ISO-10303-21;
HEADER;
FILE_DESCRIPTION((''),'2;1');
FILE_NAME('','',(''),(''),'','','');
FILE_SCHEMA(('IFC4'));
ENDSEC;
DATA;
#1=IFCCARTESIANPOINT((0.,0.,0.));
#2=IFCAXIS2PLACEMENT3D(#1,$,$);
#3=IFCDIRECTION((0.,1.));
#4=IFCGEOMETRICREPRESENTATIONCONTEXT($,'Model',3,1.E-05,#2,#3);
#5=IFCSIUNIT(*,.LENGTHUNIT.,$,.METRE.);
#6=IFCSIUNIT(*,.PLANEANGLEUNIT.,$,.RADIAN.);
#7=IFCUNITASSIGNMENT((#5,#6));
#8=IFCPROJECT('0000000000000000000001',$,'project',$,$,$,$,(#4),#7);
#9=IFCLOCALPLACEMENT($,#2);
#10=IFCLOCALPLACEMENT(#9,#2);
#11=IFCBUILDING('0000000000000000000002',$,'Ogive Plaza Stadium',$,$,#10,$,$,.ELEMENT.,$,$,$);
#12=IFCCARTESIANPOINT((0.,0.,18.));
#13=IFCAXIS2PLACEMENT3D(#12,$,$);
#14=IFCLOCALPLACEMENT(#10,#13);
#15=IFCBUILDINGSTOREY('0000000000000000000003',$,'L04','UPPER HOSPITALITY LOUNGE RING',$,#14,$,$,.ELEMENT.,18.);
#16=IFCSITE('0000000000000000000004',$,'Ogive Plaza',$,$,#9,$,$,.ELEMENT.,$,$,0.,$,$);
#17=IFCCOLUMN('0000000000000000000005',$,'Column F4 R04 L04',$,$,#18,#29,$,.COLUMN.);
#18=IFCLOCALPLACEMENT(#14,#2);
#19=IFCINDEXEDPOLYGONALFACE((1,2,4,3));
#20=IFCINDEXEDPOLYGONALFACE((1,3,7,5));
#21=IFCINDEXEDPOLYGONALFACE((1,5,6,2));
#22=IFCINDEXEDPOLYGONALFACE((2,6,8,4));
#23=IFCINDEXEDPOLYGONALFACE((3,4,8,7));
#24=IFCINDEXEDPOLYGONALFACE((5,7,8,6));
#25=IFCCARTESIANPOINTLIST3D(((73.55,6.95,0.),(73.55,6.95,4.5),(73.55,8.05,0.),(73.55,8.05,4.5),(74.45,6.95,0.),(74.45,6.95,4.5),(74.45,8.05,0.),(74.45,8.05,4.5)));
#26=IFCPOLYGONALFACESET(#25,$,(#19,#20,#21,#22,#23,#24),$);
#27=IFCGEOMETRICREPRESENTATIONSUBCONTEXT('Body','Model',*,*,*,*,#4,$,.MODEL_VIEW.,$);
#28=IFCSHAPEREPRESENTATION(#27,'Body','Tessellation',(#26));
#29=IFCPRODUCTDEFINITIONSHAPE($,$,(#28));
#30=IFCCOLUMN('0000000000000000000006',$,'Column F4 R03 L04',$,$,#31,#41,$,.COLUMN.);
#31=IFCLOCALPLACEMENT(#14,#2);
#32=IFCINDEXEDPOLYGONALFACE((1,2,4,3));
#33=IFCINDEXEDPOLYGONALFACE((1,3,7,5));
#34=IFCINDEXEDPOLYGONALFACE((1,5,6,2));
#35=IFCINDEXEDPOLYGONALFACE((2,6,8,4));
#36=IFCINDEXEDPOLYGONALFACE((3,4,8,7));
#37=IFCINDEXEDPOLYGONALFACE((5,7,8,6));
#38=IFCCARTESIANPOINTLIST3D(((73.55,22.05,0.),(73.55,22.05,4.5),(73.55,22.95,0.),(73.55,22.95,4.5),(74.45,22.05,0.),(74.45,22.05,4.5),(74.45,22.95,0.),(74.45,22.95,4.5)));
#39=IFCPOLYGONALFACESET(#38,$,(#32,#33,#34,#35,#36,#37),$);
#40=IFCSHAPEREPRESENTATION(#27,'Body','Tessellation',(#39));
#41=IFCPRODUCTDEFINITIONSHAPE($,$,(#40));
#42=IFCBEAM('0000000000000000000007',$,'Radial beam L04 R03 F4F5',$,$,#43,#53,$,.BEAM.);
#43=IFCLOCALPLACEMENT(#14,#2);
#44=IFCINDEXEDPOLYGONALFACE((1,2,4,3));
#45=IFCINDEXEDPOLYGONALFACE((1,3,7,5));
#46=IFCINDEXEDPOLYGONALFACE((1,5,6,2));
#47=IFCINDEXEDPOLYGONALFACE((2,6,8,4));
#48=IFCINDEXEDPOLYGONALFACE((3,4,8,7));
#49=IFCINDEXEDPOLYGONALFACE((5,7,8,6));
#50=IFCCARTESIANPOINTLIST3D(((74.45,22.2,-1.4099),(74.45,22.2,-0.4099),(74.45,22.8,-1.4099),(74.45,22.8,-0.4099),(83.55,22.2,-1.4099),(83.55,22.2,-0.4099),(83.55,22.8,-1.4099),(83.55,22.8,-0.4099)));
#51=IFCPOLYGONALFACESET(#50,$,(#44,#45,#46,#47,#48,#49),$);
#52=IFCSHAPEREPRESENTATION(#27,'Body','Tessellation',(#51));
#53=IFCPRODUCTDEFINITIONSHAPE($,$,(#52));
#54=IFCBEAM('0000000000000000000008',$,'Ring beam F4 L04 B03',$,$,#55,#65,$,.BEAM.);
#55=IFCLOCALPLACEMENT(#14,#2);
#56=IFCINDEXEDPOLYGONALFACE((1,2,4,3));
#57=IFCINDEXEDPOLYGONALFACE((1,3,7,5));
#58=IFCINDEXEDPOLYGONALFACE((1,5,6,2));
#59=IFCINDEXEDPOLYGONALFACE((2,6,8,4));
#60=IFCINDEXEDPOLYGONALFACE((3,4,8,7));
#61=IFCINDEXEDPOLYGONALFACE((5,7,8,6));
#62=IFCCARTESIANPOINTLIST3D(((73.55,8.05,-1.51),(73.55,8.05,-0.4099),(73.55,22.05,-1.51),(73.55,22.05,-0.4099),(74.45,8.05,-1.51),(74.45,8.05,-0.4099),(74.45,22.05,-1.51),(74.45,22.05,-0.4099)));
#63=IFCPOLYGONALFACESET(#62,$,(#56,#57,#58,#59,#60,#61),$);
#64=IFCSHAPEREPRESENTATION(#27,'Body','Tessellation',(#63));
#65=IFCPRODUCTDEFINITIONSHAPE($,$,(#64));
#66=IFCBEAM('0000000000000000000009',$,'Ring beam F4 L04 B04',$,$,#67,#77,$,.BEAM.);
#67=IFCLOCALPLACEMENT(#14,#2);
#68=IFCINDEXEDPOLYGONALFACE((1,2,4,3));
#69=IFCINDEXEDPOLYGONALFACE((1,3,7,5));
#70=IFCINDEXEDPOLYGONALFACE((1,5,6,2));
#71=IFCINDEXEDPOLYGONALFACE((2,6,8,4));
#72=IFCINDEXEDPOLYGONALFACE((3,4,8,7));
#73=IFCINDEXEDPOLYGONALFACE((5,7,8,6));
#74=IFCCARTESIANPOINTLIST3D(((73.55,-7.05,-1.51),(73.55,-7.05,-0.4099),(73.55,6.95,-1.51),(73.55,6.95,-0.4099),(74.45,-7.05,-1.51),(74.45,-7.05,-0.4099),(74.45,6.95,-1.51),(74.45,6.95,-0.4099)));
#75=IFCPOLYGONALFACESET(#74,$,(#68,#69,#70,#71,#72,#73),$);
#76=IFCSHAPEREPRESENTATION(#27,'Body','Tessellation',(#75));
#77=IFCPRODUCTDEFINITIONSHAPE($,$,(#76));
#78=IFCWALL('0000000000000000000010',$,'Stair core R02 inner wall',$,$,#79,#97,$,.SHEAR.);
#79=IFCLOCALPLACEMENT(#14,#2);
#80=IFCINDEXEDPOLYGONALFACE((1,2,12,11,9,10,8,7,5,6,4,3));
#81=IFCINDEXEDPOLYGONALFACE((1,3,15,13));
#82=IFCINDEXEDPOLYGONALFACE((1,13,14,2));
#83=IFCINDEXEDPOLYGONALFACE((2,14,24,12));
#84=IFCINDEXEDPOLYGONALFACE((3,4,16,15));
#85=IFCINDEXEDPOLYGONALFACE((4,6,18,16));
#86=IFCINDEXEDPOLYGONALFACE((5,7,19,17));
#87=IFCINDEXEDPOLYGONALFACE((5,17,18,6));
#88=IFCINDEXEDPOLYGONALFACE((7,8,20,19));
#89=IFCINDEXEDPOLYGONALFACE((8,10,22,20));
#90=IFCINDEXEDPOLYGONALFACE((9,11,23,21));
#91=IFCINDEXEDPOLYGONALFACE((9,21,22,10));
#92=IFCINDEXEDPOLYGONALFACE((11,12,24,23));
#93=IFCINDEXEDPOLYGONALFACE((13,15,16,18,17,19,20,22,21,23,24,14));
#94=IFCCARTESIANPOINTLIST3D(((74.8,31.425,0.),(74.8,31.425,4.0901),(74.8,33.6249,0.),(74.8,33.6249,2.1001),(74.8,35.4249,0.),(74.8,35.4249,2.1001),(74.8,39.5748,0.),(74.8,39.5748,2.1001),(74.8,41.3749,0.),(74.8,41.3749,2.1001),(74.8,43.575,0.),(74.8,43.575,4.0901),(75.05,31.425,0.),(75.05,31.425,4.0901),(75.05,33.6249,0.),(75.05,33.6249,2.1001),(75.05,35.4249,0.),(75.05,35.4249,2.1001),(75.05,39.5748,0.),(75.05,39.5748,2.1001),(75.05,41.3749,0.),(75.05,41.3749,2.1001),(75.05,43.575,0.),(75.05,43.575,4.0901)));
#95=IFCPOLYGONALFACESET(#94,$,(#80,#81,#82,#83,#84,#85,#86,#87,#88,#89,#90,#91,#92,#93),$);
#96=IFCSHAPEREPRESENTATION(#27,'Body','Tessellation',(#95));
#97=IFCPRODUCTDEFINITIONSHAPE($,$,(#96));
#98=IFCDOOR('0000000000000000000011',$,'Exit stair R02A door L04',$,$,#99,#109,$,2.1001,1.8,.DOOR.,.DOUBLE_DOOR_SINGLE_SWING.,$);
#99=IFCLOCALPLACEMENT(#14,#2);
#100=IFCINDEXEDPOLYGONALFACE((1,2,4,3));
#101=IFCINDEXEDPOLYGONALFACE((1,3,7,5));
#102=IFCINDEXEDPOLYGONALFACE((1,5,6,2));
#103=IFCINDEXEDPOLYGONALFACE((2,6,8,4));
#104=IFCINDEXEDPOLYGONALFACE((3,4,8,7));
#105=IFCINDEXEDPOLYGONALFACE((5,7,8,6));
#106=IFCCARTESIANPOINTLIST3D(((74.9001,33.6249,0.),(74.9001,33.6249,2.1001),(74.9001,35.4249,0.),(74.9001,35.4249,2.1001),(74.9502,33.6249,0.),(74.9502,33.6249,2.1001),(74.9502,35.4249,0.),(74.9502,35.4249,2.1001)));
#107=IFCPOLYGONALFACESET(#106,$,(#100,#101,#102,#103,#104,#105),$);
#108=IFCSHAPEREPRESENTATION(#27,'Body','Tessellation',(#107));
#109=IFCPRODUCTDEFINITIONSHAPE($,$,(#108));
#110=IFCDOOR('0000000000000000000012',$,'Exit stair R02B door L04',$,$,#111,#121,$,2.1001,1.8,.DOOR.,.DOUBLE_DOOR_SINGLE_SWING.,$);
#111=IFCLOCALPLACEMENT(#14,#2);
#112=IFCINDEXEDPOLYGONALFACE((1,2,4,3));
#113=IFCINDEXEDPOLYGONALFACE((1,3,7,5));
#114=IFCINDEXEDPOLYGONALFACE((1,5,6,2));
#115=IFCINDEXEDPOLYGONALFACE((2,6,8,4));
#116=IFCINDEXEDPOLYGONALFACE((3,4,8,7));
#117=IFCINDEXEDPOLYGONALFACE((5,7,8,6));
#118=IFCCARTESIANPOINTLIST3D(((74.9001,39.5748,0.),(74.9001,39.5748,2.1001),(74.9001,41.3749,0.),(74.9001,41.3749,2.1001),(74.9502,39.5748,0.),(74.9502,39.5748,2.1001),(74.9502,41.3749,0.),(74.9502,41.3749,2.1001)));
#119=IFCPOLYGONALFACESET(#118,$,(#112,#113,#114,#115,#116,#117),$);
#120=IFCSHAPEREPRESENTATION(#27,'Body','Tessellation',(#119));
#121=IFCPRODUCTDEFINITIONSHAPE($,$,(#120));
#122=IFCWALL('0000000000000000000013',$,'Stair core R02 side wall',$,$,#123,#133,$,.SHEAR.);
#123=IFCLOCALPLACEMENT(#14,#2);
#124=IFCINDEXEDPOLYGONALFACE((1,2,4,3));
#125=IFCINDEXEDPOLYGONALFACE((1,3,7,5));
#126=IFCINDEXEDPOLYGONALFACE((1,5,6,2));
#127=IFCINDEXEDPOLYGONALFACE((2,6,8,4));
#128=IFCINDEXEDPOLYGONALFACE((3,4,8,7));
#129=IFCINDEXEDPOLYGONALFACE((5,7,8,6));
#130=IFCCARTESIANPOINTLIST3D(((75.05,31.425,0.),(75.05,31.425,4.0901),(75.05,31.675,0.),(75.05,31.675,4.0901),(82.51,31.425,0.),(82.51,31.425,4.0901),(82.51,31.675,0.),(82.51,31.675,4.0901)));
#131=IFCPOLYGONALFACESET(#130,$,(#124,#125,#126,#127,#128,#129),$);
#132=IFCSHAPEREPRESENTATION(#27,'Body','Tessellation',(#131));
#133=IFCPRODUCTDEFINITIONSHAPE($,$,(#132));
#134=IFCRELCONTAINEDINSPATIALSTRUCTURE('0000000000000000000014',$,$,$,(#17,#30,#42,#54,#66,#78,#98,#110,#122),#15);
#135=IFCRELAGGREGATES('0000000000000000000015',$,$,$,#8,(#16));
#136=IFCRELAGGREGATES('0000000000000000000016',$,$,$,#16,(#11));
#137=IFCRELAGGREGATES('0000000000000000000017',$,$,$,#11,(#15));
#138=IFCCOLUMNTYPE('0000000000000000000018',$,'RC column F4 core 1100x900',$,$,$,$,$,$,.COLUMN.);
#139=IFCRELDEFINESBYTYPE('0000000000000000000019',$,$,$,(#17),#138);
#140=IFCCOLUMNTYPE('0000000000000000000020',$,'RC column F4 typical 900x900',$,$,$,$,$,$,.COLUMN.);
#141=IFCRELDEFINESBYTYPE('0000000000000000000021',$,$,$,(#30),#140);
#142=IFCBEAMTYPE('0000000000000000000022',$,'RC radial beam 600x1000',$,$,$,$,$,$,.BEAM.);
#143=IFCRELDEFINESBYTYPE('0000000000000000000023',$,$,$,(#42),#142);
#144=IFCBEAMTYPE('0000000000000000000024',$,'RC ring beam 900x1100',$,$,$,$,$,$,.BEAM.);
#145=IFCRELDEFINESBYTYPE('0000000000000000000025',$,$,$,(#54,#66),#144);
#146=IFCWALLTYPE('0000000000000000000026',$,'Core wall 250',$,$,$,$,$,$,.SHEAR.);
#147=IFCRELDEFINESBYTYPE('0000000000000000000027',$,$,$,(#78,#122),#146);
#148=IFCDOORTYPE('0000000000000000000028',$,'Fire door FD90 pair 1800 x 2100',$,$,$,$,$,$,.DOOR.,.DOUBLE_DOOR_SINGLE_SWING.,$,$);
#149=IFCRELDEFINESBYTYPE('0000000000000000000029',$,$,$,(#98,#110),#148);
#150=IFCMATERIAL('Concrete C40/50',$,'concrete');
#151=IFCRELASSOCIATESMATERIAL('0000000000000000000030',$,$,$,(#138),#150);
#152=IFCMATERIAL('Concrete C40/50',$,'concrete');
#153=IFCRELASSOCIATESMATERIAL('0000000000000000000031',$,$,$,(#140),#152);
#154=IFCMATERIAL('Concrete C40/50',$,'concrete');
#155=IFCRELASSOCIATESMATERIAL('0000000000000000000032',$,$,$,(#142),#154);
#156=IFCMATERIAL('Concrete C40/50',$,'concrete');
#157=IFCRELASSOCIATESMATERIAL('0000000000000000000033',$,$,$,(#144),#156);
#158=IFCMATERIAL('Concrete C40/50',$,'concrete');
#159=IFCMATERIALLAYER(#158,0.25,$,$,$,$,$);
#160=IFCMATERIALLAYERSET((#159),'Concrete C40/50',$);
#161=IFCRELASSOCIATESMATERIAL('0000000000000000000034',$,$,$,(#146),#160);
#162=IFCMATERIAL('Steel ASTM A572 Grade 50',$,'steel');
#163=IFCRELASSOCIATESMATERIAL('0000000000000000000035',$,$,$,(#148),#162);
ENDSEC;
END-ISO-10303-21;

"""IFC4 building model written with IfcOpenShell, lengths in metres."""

from ifc_helpers import new_model, si_unit, direction, frame, frame_2d, origin, origin_2d, place, context, subcontext, project, spatial, rectangle, extrude, material, layer, layer_set, material_profile, profile_set, type_object, element, fill, save


model = new_model("IFC4")

# Units and contexts
model_context = context("Model", 3, precision=1e-05, world=origin(), true_north=direction((0.0, 1.0)))
body_context = subcontext(model_context, "Body", "Model", "MODEL_VIEW")
ifc_project = project(units=[si_unit("LENGTHUNIT", "METRE"), si_unit("PLANEANGLEUNIT", "RADIAN")], contexts=[model_context])

# Site, building, storey
site_placement = place(None, origin())
site = spatial("IfcSite", under=ifc_project, at=site_placement, Name="Ogive Plaza", CompositionType="ELEMENT", RefElevation=0.0)
building_placement = place(site_placement, origin())
building = spatial("IfcBuilding", under=site, at=building_placement, Name="Ogive Plaza Stadium", CompositionType="ELEMENT")
storey_placement = place(building_placement, frame((0.0, 0.0, 18.0)))
storey = spatial("IfcBuildingStorey", under=building, at=storey_placement, Name="L04", Description="UPPER HOSPITALITY LOUNGE RING", CompositionType="ELEMENT", Elevation=18.0)

# Columns
ifc_material_1 = material(Name="Concrete C40/50", Category="concrete")
ifc_material_profile_1 = material_profile(ifc_material_1, rectangle(XDim=1.1001, YDim=0.8999, at=origin_2d()), Name="RC 1100x900")
ifc_profile_set_1 = profile_set([ifc_material_profile_1], Name="Concrete C40/50")
column_type_1 = type_object("IfcColumnType", Name="RC column F4 core 1100x900", PredefinedType="COLUMN", material=ifc_profile_set_1)
column_1_placement = place(storey_placement, frame((74.0, 7.5, 0.0), z_axis=(0.0, 0.0, 1.0), x_axis=(0.0, 1.0, 0.0)))
element("IfcColumn", 1, at=column_1_placement, inside=storey, type_object=column_type_1, Name="Column F4 R04 L04", PredefinedType="COLUMN", context=body_context, shape_type="SweptSolid", body=[
    extrude(rectangle(XDim=1.1001, YDim=0.8999, at=origin_2d()), origin(), (0.0, 0.0, 1.0), 4.5),
])
ifc_material_2 = material(Name="Concrete C40/50", Category="concrete")
ifc_material_profile_2 = material_profile(ifc_material_2, rectangle(XDim=0.8999, YDim=0.8999, at=origin_2d()), Name="RC 900x900")
ifc_profile_set_2 = profile_set([ifc_material_profile_2], Name="Concrete C40/50")
column_type_2 = type_object("IfcColumnType", Name="RC column F4 typical 900x900", PredefinedType="COLUMN", material=ifc_profile_set_2)
column_2_placement = place(storey_placement, frame((74.0, 22.5, 0.0), z_axis=(0.0, 0.0, 1.0), x_axis=(0.0, 1.0, 0.0)))
element("IfcColumn", 2, at=column_2_placement, inside=storey, type_object=column_type_2, Name="Column F4 R03 L04", PredefinedType="COLUMN", context=body_context, shape_type="SweptSolid", body=[
    extrude(rectangle(XDim=0.8999, YDim=0.8999, at=origin_2d()), origin(), (0.0, 0.0, 1.0), 4.5),
])

# Beams
ifc_material_3 = material(Name="Concrete C40/50", Category="concrete")
ifc_material_profile_3 = material_profile(ifc_material_3, rectangle(XDim=0.6001, YDim=1.0, at=origin_2d()), Name="RC 600x1000")
ifc_profile_set_3 = profile_set([ifc_material_profile_3], Name="Concrete C40/50")
beam_type_1 = type_object("IfcBeamType", Name="RC radial beam 600x1000", PredefinedType="BEAM", material=ifc_profile_set_3)
beam_placement = place(storey_placement, frame((74.45, 22.5, -0.9099), z_axis=(1.0, 0.0, 0.0), x_axis=(0.0, 1.0, 0.0)))
element("IfcBeam", 3, at=beam_placement, inside=storey, type_object=beam_type_1, Name="Radial beam L04 R03 F4F5", PredefinedType="BEAM", context=body_context, shape_type="SweptSolid", body=[
    extrude(rectangle(XDim=0.6001, YDim=1.0, at=origin_2d()), origin(), (0.0, 0.0, 1.0), 9.1001),
])
ifc_material_4 = material(Name="Concrete C40/50", Category="concrete")
ifc_material_profile_4 = material_profile(ifc_material_4, rectangle(XDim=0.8999, YDim=1.1001, at=origin_2d()), Name="RC 900x1100")
ifc_profile_set_4 = profile_set([ifc_material_profile_4], Name="Concrete C40/50")
beam_type_2 = type_object("IfcBeamType", Name="RC ring beam 900x1100", PredefinedType="BEAM", material=ifc_profile_set_4)
for number, where, z_axis, x_axis, name in (
    (4, (74.0, 22.05, -0.96), (0.0, -1.0, 0.0), (1.0, 0.0, 0.0), "Ring beam F4 L04 B03"),
    (5, (74.0, 6.95, -0.96), (0.0, -1.0, 0.0), (1.0, 0.0, 0.0), "Ring beam F4 L04 B04"),
):
    element("IfcBeam", number, at=place(storey_placement, frame(where, z_axis=z_axis, x_axis=x_axis)), inside=storey, type_object=beam_type_2, Name=name, PredefinedType="BEAM", context=body_context, shape_type="SweptSolid", body=[
        extrude(rectangle(XDim=0.8999, YDim=1.1001, at=origin_2d()), origin(), (0.0, 0.0, 1.0), 14.0),
    ])

# Wall, openings, doors
ifc_material_5 = material(Name="Concrete C40/50", Category="concrete")
ifc_layer = layer(ifc_material_5, 0.25)
ifc_layer_set = layer_set([ifc_layer], Name="Concrete C40/50")
wall_type = type_object("IfcWallType", Name="Core wall 250", PredefinedType="SHEAR", material=ifc_layer_set)
wall_1_placement = place(storey_placement, frame((74.925, 31.425, 0.0), z_axis=(0.0, 0.0, 1.0), x_axis=(0.0, 1.0, 0.0)))
wall_1 = element("IfcWall", 6, at=wall_1_placement, inside=storey, type_object=wall_type, Name="Stair core R02 inner wall", PredefinedType="SHEAR", context=body_context, shape_type="SweptSolid", body=[
    extrude(rectangle(XDim=12.1499, YDim=0.25, at=frame_2d((6.075, 0.0))), origin(), (0.0, 0.0, 1.0), 4.0901),
])
opening_1_placement = place(wall_1_placement, frame((2.2, 0.0, 0.0)))
opening_1 = element("IfcOpeningElement", 7, at=opening_1_placement, cuts=wall_1, PredefinedType="OPENING", context=body_context, shape_type="SweptSolid", body=[
    extrude(rectangle(XDim=1.8, YDim=2.1001, at=frame_2d((0.8999, 1.05))), frame((0.0, 0.125, 0.0), z_axis=(0.0, -1.0, 0.0), x_axis=(1.0, 0.0, 0.0)), (0.0, 0.0, 1.0), 0.25),
])
opening_2_placement = place(wall_1_placement, frame((8.1499, 0.0, 0.0)))
opening_2 = element("IfcOpeningElement", 8, at=opening_2_placement, cuts=wall_1, PredefinedType="OPENING", context=body_context, shape_type="SweptSolid", body=[
    extrude(rectangle(XDim=1.8, YDim=2.1001, at=frame_2d((0.8999, 1.05))), frame((0.0, 0.125, 0.0), z_axis=(0.0, -1.0, 0.0), x_axis=(1.0, 0.0, 0.0)), (0.0, 0.0, 1.0), 0.25),
])
ifc_material_6 = material(Name="Steel ASTM A572 Grade 50", Category="steel")
door_type = type_object("IfcDoorType", Name="Fire door FD90 pair 1800 x 2100", OperationType="DOUBLE_DOOR_SINGLE_SWING", PredefinedType="DOOR", material=ifc_material_6)
door_1_placement = place(opening_1_placement, origin())
door_1 = element("IfcDoor", 9, at=door_1_placement, inside=storey, type_object=door_type, Name="Exit stair R02A door L04", OperationType="DOUBLE_DOOR_SINGLE_SWING", OverallHeight=2.1001, OverallWidth=1.8, PredefinedType="DOOR", context=body_context, shape_type="SweptSolid", body=[
    extrude(rectangle(XDim=1.8, YDim=2.1001, at=frame_2d((0.8999, 1.05))), frame((0.0, 0.0249, 0.0), z_axis=(0.0, -1.0, 0.0), x_axis=(1.0, 0.0, 0.0)), (0.0, 0.0, 1.0), 0.05),
])
fill(opening_1, door_1)
door_2_placement = place(opening_2_placement, origin())
door_2 = element("IfcDoor", 10, at=door_2_placement, inside=storey, type_object=door_type, Name="Exit stair R02B door L04", OperationType="DOUBLE_DOOR_SINGLE_SWING", OverallHeight=2.1001, OverallWidth=1.8, PredefinedType="DOOR", context=body_context, shape_type="SweptSolid", body=[
    extrude(rectangle(XDim=1.8, YDim=2.1001, at=frame_2d((0.8999, 1.05))), frame((0.0, 0.0249, 0.0), z_axis=(0.0, -1.0, 0.0), x_axis=(1.0, 0.0, 0.0)), (0.0, 0.0, 1.0), 0.05),
])
fill(opening_2, door_2)

# Wall
wall_2_placement = place(storey_placement, frame((75.05, 31.55, 0.0), z_axis=(0.0, 0.0, 1.0), x_axis=(1.0, 0.0, 0.0)))
element("IfcWall", 11, at=wall_2_placement, inside=storey, type_object=wall_type, Name="Stair core R02 side wall", PredefinedType="SHEAR", context=body_context, shape_type="SweptSolid", body=[
    extrude(rectangle(XDim=7.46, YDim=0.25, at=frame_2d((3.73, 0.0))), origin(), (0.0, 0.0, 1.0), 4.0901),
])

save(model, "model.ifc")
